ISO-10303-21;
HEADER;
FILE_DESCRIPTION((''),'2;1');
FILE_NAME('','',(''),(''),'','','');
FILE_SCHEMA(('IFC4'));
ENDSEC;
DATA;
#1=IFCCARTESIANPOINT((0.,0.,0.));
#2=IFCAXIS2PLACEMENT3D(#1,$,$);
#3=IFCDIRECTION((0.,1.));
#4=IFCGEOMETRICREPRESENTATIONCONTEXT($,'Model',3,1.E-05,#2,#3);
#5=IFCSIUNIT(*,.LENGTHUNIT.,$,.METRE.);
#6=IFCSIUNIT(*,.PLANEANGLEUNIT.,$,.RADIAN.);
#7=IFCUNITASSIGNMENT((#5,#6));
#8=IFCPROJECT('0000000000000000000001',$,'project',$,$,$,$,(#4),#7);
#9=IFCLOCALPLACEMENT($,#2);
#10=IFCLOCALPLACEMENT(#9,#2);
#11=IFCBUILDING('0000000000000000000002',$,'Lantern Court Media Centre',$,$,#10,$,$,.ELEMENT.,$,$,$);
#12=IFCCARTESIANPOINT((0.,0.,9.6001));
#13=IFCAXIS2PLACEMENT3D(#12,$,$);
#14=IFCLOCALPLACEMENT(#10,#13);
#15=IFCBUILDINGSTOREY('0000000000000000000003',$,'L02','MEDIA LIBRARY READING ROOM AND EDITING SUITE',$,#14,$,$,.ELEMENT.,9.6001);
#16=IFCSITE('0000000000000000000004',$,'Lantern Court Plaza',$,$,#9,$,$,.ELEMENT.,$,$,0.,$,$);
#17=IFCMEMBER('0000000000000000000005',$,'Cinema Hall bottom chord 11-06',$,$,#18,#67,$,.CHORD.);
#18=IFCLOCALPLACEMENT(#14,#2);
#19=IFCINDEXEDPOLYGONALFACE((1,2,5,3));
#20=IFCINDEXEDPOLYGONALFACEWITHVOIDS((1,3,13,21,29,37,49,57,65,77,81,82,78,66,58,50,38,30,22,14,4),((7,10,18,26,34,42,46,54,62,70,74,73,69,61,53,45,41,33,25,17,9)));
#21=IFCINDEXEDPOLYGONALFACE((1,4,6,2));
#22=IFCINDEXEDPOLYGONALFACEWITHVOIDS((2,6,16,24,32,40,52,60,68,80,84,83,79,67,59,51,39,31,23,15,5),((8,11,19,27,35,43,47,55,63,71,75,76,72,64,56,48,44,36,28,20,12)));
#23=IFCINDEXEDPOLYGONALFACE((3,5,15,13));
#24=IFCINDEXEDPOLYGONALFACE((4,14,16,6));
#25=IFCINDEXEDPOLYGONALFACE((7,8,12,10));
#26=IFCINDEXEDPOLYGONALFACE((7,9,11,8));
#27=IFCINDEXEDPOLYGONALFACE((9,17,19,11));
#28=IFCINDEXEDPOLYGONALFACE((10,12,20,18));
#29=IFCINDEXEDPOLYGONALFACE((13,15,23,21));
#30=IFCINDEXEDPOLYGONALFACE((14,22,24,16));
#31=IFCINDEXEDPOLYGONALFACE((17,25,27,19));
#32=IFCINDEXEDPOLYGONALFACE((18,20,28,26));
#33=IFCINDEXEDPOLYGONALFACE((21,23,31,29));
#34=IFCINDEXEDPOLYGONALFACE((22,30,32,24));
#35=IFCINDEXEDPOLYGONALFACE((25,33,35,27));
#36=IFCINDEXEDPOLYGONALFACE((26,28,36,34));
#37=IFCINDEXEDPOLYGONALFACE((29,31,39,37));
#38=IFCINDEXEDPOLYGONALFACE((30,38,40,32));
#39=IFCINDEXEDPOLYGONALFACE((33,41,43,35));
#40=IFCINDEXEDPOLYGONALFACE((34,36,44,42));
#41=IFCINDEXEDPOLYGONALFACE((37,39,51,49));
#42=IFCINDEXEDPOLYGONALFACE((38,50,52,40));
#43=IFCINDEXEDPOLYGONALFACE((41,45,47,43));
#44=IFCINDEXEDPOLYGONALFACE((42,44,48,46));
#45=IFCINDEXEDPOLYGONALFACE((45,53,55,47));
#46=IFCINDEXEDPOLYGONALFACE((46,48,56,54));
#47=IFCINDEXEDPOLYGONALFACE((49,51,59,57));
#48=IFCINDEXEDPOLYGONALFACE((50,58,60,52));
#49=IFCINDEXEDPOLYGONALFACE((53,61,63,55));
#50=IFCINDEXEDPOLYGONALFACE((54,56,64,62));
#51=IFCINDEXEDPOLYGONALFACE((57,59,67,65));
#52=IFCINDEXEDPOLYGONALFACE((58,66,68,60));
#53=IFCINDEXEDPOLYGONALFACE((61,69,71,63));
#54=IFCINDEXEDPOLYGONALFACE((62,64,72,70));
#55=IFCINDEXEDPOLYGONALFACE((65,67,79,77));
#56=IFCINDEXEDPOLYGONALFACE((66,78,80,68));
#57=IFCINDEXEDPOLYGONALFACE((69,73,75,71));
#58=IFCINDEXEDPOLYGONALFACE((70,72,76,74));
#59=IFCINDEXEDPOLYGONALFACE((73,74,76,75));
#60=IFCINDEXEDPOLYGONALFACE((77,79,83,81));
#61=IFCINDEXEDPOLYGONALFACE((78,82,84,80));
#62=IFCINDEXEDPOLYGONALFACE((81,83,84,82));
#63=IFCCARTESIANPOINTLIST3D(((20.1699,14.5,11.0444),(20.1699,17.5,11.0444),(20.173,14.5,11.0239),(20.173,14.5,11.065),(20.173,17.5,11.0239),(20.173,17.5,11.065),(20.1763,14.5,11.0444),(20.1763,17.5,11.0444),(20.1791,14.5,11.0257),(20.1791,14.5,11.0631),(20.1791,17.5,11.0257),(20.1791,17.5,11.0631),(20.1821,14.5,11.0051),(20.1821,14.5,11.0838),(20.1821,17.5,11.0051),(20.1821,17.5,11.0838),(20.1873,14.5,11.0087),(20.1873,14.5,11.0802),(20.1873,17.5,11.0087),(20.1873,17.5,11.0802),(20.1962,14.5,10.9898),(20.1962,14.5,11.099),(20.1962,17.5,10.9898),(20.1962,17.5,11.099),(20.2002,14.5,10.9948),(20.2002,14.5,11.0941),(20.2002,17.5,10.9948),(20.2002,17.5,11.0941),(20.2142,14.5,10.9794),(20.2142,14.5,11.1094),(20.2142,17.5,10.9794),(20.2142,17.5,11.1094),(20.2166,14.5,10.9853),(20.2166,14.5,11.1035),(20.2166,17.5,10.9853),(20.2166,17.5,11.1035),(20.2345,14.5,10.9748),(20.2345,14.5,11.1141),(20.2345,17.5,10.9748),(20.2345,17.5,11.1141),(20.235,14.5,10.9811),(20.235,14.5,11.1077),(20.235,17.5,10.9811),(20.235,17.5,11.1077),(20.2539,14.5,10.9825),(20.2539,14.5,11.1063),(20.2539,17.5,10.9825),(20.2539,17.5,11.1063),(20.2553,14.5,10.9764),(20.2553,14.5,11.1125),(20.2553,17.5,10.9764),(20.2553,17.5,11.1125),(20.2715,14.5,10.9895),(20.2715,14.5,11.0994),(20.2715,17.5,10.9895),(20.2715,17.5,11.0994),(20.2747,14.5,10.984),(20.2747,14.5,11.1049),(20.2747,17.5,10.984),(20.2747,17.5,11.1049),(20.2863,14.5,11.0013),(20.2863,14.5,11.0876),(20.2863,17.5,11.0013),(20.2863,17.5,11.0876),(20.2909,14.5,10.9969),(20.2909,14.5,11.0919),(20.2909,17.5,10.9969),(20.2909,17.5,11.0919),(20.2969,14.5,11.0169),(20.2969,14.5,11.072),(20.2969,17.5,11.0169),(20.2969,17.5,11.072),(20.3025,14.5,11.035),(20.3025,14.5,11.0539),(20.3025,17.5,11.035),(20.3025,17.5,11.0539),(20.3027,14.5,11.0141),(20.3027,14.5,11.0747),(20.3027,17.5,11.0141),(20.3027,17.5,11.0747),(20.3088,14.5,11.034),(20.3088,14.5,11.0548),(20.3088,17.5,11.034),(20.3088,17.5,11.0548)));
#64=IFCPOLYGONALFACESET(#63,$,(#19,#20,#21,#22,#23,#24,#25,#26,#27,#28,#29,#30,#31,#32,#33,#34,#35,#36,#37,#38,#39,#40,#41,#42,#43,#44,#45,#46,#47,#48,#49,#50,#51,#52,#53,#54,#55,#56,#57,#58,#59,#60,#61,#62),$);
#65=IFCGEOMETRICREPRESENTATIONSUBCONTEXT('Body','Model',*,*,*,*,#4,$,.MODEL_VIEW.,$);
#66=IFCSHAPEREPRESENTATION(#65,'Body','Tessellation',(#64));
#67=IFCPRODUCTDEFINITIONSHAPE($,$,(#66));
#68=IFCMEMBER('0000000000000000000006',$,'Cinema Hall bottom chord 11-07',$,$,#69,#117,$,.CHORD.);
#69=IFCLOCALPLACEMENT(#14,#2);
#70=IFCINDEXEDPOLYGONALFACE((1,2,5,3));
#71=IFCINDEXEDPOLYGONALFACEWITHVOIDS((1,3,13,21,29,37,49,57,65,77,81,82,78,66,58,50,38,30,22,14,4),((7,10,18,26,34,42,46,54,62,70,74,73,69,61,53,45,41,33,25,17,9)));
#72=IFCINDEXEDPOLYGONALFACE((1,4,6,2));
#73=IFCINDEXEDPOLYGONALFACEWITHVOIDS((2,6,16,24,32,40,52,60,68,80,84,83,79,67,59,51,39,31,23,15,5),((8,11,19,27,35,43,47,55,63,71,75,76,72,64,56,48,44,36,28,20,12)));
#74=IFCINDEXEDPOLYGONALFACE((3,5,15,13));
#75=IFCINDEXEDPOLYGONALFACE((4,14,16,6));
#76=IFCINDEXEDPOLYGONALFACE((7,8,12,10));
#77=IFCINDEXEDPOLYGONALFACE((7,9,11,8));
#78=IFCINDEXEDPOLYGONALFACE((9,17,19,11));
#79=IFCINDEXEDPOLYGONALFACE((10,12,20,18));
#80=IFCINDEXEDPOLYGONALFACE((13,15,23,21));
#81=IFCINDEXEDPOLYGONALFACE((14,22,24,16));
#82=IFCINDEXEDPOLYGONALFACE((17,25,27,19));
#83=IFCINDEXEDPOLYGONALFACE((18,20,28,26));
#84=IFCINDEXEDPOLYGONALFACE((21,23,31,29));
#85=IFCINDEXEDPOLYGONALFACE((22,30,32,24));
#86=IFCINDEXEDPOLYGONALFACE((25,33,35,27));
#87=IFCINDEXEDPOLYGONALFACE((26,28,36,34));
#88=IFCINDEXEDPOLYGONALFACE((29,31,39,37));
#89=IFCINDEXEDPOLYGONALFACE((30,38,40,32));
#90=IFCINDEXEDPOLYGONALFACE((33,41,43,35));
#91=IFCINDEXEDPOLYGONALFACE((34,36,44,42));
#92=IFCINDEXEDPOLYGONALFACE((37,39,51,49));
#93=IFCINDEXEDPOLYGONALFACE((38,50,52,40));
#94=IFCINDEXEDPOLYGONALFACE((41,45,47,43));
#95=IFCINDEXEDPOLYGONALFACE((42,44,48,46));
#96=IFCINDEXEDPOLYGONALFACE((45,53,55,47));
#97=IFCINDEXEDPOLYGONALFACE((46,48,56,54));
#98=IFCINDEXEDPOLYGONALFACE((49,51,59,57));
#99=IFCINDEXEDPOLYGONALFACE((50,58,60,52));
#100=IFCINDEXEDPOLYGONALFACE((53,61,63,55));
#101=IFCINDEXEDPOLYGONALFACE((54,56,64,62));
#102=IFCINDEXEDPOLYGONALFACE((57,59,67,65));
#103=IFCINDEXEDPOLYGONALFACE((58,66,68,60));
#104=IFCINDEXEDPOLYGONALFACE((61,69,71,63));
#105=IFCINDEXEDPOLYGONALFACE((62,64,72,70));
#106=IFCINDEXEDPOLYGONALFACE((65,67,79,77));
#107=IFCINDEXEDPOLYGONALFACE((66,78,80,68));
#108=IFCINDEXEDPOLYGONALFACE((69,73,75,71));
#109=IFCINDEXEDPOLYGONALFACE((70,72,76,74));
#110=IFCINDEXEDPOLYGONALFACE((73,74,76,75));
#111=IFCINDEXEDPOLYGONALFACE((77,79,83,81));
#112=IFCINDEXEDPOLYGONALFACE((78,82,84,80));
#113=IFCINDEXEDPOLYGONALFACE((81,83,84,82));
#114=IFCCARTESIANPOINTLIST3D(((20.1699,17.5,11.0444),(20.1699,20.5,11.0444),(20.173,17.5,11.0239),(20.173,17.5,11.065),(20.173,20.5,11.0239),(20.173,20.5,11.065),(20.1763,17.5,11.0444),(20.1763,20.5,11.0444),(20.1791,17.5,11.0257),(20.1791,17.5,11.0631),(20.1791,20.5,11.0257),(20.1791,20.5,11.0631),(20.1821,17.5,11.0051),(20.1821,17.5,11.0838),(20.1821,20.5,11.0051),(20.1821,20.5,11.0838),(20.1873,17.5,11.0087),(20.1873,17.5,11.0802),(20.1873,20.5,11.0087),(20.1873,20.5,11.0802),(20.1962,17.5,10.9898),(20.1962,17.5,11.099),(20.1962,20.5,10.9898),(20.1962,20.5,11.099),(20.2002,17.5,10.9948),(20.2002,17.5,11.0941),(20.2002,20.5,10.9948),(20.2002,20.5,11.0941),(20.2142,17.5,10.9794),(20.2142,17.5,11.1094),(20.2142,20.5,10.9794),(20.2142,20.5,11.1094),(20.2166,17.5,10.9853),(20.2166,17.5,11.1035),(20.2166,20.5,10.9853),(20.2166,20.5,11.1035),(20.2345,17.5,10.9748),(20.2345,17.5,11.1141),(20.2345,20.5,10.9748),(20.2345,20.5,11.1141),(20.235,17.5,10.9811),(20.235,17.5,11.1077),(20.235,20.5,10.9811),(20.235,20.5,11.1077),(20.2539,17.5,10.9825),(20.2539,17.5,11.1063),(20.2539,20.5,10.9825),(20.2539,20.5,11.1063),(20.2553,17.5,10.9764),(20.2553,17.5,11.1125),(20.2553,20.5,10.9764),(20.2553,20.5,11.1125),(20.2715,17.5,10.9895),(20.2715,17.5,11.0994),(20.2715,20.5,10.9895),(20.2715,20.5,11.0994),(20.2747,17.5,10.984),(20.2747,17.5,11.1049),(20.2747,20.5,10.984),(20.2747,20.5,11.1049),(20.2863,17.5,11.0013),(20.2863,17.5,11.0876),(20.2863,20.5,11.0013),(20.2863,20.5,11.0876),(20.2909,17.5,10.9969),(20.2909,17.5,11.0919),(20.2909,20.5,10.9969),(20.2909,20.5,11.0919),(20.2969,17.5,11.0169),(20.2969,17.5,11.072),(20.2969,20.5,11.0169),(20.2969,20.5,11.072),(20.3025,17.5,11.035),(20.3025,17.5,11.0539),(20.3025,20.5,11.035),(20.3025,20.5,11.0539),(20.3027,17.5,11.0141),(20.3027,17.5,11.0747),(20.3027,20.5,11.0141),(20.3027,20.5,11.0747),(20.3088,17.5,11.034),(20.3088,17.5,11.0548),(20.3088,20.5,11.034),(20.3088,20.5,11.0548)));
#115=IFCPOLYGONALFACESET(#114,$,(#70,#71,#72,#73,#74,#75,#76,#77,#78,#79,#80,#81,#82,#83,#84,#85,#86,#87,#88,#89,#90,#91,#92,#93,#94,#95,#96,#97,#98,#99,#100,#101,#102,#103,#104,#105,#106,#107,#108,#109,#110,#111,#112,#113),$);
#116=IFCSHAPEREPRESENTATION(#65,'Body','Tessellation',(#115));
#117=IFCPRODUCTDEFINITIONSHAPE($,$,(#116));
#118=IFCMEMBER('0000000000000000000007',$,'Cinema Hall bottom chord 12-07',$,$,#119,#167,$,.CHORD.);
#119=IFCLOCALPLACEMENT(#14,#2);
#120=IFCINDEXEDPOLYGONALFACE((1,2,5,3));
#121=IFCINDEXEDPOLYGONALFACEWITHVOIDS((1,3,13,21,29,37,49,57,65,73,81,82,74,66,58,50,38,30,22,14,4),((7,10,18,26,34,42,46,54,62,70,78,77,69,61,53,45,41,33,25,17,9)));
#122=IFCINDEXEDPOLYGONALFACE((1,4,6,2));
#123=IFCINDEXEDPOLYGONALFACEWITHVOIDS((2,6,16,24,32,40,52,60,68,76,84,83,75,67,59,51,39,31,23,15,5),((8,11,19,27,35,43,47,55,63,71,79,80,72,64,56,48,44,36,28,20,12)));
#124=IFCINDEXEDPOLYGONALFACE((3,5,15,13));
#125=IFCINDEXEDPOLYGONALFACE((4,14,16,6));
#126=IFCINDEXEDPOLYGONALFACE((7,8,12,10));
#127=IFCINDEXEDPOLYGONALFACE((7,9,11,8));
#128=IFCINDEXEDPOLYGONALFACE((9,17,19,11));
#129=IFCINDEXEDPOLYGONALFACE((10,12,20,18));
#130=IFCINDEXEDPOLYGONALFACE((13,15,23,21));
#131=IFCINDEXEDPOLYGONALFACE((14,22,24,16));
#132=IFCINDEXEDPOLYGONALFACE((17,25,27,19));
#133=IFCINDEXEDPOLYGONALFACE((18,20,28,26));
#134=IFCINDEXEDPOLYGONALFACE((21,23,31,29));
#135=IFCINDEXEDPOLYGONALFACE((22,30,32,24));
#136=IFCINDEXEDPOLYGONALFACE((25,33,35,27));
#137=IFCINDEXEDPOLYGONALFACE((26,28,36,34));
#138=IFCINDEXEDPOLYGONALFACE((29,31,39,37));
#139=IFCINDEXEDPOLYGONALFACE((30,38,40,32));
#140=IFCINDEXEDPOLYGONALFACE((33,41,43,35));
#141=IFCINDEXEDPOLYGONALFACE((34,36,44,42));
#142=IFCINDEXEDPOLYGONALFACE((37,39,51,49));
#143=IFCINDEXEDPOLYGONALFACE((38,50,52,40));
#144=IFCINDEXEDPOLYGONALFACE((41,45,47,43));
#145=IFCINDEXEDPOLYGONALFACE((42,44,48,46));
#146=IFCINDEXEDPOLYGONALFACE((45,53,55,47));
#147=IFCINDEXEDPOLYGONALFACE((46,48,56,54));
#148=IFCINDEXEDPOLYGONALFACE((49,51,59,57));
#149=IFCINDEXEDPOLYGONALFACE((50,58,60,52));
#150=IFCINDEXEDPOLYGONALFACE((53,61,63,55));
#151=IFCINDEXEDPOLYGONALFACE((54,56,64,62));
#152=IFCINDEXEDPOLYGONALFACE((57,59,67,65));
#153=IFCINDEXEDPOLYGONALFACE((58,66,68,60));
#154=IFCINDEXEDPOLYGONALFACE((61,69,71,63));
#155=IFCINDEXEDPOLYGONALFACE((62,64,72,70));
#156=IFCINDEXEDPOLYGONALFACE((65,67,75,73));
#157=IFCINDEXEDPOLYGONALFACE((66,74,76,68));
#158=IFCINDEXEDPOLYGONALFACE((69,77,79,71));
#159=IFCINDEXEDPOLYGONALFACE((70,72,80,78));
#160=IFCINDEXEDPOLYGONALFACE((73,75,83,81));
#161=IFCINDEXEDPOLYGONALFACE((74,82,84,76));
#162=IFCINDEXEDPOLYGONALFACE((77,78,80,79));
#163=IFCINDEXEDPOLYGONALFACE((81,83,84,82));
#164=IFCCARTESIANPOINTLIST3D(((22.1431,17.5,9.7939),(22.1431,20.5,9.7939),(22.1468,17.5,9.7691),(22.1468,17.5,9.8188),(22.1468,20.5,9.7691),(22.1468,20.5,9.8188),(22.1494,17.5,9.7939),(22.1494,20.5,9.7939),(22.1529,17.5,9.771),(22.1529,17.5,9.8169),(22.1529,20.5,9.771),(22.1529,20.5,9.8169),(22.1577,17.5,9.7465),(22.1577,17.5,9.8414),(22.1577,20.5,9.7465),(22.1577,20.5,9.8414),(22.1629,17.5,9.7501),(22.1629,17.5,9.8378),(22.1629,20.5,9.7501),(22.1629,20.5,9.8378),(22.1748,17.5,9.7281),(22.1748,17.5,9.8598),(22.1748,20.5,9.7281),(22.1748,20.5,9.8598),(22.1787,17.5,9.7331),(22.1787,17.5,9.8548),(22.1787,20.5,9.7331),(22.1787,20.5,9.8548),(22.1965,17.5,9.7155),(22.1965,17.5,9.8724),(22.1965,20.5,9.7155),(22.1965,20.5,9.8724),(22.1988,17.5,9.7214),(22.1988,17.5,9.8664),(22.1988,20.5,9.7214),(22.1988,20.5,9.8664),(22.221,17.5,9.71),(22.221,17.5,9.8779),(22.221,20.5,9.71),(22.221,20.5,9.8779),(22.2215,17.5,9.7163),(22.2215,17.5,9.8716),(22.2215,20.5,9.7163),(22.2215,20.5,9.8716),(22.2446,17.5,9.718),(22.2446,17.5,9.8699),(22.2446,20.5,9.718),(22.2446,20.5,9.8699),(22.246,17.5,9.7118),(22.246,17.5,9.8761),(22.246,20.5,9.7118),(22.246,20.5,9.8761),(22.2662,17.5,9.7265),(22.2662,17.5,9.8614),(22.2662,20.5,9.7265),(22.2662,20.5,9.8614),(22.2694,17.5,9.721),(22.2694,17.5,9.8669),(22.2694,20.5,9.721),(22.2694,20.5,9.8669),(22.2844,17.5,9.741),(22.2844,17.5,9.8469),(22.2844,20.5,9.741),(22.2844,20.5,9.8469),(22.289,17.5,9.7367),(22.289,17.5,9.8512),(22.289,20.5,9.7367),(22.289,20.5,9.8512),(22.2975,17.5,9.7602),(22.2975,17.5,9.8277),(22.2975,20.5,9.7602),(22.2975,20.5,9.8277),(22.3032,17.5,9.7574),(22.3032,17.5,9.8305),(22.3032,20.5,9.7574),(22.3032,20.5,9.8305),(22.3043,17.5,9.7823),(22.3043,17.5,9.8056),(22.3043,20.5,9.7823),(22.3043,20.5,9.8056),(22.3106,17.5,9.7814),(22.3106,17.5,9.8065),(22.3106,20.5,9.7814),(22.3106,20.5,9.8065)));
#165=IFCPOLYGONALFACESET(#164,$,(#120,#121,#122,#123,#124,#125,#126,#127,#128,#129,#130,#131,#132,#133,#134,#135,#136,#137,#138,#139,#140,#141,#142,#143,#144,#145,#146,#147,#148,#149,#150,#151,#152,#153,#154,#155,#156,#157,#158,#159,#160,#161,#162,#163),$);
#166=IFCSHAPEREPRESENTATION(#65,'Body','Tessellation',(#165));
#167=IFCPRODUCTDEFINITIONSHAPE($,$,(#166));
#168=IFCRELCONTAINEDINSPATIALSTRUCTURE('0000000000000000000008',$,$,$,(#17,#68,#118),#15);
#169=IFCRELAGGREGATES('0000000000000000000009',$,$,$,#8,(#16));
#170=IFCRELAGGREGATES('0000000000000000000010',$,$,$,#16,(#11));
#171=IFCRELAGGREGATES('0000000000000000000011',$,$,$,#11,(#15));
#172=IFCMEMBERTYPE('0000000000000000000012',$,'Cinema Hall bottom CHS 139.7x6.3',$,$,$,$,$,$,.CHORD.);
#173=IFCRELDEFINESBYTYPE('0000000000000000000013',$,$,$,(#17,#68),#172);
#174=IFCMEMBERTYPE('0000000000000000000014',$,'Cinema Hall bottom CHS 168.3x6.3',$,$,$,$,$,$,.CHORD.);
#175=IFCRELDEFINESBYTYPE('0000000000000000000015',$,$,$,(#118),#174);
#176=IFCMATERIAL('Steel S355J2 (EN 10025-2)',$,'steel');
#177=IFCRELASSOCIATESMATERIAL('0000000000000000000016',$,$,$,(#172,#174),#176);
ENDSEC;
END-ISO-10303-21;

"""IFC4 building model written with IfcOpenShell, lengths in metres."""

from ifc_helpers import new_model, si_unit, direction, frame, origin, origin_2d, place, context, subcontext, project, spatial, hollow_circle, extrude, material, material_profile, profile_set, type_object, element, save


model = new_model("IFC4")

# Units and contexts
model_context = context("Model", 3, precision=1e-05, world=origin(), true_north=direction((0.0, 1.0)))
body_context = subcontext(model_context, "Body", "Model", "MODEL_VIEW")
ifc_project = project(units=[si_unit("LENGTHUNIT", "METRE"), si_unit("PLANEANGLEUNIT", "RADIAN")], contexts=[model_context])

# Site, building, storey
site_placement = place(None, origin())
site = spatial("IfcSite", under=ifc_project, at=site_placement, Name="Lantern Court Plaza", CompositionType="ELEMENT", RefElevation=0.0)
building_placement = place(site_placement, origin())
building = spatial("IfcBuilding", under=site, at=building_placement, Name="Lantern Court Media Centre", CompositionType="ELEMENT")
storey_placement = place(building_placement, frame((0.0, 0.0, 9.6001)))
storey = spatial("IfcBuildingStorey", under=building, at=storey_placement, Name="L02", Description="MEDIA LIBRARY READING ROOM AND EDITING SUITE", CompositionType="ELEMENT", Elevation=9.6001)

# Members
ifc_material = material(Name="Steel S355J2 (EN 10025-2)", Category="steel")
ifc_material_profile_1 = material_profile(ifc_material, hollow_circle(Radius=0.0698, WallThickness=0.0063, at=origin_2d()), Name="Cinema Hall bottom CHS 139.7x6.3")
ifc_profile_set_1 = profile_set([ifc_material_profile_1], Name="Steel S355J2 (EN 10025-2)")
member_type_1 = type_object("IfcMemberType", Name="Cinema Hall bottom CHS 139.7x6.3", PredefinedType="CHORD", material=ifc_profile_set_1)
for number, where, z_axis, x_axis, name in (
    (1, (20.2397, 14.5, 11.0444), (0.0, 1.0, 0.0), (-1.0, 0.0, 0.0), "Cinema Hall bottom chord 11-06"),
    (2, (20.2397, 17.5, 11.0444), (0.0, 1.0, 0.0), (-1.0, 0.0, 0.0), "Cinema Hall bottom chord 11-07"),
):
    element("IfcMember", number, at=place(storey_placement, frame(where, z_axis=z_axis, x_axis=x_axis)), inside=storey, type_object=member_type_1, Name=name, PredefinedType="CHORD", context=body_context, shape_type="SweptSolid", body=[
        extrude(hollow_circle(Radius=0.0698, WallThickness=0.0063, at=origin_2d()), origin(), (0.0, 0.0, 1.0), 3.0),
    ])
ifc_material_profile_2 = material_profile(ifc_material, hollow_circle(Radius=0.0842, WallThickness=0.0063, at=origin_2d()), Name="Cinema Hall bottom CHS 168.3x6.3")
ifc_profile_set_2 = profile_set([ifc_material_profile_2], Name="Steel S355J2 (EN 10025-2)")
member_type_2 = type_object("IfcMemberType", Name="Cinema Hall bottom CHS 168.3x6.3", PredefinedType="CHORD", material=ifc_profile_set_2)
member_1_placement = place(storey_placement, frame((22.2273, 17.5, 9.7939), z_axis=(0.0, 1.0, 0.0), x_axis=(-1.0, 0.0, 0.0)))
element("IfcMember", 3, at=member_1_placement, inside=storey, type_object=member_type_2, Name="Cinema Hall bottom chord 12-07", PredefinedType="CHORD", context=body_context, shape_type="SweptSolid", body=[
    extrude(hollow_circle(Radius=0.0842, WallThickness=0.0063, at=origin_2d()), origin(), (0.0, 0.0, 1.0), 3.0),
])

save(model, "model.ifc")
